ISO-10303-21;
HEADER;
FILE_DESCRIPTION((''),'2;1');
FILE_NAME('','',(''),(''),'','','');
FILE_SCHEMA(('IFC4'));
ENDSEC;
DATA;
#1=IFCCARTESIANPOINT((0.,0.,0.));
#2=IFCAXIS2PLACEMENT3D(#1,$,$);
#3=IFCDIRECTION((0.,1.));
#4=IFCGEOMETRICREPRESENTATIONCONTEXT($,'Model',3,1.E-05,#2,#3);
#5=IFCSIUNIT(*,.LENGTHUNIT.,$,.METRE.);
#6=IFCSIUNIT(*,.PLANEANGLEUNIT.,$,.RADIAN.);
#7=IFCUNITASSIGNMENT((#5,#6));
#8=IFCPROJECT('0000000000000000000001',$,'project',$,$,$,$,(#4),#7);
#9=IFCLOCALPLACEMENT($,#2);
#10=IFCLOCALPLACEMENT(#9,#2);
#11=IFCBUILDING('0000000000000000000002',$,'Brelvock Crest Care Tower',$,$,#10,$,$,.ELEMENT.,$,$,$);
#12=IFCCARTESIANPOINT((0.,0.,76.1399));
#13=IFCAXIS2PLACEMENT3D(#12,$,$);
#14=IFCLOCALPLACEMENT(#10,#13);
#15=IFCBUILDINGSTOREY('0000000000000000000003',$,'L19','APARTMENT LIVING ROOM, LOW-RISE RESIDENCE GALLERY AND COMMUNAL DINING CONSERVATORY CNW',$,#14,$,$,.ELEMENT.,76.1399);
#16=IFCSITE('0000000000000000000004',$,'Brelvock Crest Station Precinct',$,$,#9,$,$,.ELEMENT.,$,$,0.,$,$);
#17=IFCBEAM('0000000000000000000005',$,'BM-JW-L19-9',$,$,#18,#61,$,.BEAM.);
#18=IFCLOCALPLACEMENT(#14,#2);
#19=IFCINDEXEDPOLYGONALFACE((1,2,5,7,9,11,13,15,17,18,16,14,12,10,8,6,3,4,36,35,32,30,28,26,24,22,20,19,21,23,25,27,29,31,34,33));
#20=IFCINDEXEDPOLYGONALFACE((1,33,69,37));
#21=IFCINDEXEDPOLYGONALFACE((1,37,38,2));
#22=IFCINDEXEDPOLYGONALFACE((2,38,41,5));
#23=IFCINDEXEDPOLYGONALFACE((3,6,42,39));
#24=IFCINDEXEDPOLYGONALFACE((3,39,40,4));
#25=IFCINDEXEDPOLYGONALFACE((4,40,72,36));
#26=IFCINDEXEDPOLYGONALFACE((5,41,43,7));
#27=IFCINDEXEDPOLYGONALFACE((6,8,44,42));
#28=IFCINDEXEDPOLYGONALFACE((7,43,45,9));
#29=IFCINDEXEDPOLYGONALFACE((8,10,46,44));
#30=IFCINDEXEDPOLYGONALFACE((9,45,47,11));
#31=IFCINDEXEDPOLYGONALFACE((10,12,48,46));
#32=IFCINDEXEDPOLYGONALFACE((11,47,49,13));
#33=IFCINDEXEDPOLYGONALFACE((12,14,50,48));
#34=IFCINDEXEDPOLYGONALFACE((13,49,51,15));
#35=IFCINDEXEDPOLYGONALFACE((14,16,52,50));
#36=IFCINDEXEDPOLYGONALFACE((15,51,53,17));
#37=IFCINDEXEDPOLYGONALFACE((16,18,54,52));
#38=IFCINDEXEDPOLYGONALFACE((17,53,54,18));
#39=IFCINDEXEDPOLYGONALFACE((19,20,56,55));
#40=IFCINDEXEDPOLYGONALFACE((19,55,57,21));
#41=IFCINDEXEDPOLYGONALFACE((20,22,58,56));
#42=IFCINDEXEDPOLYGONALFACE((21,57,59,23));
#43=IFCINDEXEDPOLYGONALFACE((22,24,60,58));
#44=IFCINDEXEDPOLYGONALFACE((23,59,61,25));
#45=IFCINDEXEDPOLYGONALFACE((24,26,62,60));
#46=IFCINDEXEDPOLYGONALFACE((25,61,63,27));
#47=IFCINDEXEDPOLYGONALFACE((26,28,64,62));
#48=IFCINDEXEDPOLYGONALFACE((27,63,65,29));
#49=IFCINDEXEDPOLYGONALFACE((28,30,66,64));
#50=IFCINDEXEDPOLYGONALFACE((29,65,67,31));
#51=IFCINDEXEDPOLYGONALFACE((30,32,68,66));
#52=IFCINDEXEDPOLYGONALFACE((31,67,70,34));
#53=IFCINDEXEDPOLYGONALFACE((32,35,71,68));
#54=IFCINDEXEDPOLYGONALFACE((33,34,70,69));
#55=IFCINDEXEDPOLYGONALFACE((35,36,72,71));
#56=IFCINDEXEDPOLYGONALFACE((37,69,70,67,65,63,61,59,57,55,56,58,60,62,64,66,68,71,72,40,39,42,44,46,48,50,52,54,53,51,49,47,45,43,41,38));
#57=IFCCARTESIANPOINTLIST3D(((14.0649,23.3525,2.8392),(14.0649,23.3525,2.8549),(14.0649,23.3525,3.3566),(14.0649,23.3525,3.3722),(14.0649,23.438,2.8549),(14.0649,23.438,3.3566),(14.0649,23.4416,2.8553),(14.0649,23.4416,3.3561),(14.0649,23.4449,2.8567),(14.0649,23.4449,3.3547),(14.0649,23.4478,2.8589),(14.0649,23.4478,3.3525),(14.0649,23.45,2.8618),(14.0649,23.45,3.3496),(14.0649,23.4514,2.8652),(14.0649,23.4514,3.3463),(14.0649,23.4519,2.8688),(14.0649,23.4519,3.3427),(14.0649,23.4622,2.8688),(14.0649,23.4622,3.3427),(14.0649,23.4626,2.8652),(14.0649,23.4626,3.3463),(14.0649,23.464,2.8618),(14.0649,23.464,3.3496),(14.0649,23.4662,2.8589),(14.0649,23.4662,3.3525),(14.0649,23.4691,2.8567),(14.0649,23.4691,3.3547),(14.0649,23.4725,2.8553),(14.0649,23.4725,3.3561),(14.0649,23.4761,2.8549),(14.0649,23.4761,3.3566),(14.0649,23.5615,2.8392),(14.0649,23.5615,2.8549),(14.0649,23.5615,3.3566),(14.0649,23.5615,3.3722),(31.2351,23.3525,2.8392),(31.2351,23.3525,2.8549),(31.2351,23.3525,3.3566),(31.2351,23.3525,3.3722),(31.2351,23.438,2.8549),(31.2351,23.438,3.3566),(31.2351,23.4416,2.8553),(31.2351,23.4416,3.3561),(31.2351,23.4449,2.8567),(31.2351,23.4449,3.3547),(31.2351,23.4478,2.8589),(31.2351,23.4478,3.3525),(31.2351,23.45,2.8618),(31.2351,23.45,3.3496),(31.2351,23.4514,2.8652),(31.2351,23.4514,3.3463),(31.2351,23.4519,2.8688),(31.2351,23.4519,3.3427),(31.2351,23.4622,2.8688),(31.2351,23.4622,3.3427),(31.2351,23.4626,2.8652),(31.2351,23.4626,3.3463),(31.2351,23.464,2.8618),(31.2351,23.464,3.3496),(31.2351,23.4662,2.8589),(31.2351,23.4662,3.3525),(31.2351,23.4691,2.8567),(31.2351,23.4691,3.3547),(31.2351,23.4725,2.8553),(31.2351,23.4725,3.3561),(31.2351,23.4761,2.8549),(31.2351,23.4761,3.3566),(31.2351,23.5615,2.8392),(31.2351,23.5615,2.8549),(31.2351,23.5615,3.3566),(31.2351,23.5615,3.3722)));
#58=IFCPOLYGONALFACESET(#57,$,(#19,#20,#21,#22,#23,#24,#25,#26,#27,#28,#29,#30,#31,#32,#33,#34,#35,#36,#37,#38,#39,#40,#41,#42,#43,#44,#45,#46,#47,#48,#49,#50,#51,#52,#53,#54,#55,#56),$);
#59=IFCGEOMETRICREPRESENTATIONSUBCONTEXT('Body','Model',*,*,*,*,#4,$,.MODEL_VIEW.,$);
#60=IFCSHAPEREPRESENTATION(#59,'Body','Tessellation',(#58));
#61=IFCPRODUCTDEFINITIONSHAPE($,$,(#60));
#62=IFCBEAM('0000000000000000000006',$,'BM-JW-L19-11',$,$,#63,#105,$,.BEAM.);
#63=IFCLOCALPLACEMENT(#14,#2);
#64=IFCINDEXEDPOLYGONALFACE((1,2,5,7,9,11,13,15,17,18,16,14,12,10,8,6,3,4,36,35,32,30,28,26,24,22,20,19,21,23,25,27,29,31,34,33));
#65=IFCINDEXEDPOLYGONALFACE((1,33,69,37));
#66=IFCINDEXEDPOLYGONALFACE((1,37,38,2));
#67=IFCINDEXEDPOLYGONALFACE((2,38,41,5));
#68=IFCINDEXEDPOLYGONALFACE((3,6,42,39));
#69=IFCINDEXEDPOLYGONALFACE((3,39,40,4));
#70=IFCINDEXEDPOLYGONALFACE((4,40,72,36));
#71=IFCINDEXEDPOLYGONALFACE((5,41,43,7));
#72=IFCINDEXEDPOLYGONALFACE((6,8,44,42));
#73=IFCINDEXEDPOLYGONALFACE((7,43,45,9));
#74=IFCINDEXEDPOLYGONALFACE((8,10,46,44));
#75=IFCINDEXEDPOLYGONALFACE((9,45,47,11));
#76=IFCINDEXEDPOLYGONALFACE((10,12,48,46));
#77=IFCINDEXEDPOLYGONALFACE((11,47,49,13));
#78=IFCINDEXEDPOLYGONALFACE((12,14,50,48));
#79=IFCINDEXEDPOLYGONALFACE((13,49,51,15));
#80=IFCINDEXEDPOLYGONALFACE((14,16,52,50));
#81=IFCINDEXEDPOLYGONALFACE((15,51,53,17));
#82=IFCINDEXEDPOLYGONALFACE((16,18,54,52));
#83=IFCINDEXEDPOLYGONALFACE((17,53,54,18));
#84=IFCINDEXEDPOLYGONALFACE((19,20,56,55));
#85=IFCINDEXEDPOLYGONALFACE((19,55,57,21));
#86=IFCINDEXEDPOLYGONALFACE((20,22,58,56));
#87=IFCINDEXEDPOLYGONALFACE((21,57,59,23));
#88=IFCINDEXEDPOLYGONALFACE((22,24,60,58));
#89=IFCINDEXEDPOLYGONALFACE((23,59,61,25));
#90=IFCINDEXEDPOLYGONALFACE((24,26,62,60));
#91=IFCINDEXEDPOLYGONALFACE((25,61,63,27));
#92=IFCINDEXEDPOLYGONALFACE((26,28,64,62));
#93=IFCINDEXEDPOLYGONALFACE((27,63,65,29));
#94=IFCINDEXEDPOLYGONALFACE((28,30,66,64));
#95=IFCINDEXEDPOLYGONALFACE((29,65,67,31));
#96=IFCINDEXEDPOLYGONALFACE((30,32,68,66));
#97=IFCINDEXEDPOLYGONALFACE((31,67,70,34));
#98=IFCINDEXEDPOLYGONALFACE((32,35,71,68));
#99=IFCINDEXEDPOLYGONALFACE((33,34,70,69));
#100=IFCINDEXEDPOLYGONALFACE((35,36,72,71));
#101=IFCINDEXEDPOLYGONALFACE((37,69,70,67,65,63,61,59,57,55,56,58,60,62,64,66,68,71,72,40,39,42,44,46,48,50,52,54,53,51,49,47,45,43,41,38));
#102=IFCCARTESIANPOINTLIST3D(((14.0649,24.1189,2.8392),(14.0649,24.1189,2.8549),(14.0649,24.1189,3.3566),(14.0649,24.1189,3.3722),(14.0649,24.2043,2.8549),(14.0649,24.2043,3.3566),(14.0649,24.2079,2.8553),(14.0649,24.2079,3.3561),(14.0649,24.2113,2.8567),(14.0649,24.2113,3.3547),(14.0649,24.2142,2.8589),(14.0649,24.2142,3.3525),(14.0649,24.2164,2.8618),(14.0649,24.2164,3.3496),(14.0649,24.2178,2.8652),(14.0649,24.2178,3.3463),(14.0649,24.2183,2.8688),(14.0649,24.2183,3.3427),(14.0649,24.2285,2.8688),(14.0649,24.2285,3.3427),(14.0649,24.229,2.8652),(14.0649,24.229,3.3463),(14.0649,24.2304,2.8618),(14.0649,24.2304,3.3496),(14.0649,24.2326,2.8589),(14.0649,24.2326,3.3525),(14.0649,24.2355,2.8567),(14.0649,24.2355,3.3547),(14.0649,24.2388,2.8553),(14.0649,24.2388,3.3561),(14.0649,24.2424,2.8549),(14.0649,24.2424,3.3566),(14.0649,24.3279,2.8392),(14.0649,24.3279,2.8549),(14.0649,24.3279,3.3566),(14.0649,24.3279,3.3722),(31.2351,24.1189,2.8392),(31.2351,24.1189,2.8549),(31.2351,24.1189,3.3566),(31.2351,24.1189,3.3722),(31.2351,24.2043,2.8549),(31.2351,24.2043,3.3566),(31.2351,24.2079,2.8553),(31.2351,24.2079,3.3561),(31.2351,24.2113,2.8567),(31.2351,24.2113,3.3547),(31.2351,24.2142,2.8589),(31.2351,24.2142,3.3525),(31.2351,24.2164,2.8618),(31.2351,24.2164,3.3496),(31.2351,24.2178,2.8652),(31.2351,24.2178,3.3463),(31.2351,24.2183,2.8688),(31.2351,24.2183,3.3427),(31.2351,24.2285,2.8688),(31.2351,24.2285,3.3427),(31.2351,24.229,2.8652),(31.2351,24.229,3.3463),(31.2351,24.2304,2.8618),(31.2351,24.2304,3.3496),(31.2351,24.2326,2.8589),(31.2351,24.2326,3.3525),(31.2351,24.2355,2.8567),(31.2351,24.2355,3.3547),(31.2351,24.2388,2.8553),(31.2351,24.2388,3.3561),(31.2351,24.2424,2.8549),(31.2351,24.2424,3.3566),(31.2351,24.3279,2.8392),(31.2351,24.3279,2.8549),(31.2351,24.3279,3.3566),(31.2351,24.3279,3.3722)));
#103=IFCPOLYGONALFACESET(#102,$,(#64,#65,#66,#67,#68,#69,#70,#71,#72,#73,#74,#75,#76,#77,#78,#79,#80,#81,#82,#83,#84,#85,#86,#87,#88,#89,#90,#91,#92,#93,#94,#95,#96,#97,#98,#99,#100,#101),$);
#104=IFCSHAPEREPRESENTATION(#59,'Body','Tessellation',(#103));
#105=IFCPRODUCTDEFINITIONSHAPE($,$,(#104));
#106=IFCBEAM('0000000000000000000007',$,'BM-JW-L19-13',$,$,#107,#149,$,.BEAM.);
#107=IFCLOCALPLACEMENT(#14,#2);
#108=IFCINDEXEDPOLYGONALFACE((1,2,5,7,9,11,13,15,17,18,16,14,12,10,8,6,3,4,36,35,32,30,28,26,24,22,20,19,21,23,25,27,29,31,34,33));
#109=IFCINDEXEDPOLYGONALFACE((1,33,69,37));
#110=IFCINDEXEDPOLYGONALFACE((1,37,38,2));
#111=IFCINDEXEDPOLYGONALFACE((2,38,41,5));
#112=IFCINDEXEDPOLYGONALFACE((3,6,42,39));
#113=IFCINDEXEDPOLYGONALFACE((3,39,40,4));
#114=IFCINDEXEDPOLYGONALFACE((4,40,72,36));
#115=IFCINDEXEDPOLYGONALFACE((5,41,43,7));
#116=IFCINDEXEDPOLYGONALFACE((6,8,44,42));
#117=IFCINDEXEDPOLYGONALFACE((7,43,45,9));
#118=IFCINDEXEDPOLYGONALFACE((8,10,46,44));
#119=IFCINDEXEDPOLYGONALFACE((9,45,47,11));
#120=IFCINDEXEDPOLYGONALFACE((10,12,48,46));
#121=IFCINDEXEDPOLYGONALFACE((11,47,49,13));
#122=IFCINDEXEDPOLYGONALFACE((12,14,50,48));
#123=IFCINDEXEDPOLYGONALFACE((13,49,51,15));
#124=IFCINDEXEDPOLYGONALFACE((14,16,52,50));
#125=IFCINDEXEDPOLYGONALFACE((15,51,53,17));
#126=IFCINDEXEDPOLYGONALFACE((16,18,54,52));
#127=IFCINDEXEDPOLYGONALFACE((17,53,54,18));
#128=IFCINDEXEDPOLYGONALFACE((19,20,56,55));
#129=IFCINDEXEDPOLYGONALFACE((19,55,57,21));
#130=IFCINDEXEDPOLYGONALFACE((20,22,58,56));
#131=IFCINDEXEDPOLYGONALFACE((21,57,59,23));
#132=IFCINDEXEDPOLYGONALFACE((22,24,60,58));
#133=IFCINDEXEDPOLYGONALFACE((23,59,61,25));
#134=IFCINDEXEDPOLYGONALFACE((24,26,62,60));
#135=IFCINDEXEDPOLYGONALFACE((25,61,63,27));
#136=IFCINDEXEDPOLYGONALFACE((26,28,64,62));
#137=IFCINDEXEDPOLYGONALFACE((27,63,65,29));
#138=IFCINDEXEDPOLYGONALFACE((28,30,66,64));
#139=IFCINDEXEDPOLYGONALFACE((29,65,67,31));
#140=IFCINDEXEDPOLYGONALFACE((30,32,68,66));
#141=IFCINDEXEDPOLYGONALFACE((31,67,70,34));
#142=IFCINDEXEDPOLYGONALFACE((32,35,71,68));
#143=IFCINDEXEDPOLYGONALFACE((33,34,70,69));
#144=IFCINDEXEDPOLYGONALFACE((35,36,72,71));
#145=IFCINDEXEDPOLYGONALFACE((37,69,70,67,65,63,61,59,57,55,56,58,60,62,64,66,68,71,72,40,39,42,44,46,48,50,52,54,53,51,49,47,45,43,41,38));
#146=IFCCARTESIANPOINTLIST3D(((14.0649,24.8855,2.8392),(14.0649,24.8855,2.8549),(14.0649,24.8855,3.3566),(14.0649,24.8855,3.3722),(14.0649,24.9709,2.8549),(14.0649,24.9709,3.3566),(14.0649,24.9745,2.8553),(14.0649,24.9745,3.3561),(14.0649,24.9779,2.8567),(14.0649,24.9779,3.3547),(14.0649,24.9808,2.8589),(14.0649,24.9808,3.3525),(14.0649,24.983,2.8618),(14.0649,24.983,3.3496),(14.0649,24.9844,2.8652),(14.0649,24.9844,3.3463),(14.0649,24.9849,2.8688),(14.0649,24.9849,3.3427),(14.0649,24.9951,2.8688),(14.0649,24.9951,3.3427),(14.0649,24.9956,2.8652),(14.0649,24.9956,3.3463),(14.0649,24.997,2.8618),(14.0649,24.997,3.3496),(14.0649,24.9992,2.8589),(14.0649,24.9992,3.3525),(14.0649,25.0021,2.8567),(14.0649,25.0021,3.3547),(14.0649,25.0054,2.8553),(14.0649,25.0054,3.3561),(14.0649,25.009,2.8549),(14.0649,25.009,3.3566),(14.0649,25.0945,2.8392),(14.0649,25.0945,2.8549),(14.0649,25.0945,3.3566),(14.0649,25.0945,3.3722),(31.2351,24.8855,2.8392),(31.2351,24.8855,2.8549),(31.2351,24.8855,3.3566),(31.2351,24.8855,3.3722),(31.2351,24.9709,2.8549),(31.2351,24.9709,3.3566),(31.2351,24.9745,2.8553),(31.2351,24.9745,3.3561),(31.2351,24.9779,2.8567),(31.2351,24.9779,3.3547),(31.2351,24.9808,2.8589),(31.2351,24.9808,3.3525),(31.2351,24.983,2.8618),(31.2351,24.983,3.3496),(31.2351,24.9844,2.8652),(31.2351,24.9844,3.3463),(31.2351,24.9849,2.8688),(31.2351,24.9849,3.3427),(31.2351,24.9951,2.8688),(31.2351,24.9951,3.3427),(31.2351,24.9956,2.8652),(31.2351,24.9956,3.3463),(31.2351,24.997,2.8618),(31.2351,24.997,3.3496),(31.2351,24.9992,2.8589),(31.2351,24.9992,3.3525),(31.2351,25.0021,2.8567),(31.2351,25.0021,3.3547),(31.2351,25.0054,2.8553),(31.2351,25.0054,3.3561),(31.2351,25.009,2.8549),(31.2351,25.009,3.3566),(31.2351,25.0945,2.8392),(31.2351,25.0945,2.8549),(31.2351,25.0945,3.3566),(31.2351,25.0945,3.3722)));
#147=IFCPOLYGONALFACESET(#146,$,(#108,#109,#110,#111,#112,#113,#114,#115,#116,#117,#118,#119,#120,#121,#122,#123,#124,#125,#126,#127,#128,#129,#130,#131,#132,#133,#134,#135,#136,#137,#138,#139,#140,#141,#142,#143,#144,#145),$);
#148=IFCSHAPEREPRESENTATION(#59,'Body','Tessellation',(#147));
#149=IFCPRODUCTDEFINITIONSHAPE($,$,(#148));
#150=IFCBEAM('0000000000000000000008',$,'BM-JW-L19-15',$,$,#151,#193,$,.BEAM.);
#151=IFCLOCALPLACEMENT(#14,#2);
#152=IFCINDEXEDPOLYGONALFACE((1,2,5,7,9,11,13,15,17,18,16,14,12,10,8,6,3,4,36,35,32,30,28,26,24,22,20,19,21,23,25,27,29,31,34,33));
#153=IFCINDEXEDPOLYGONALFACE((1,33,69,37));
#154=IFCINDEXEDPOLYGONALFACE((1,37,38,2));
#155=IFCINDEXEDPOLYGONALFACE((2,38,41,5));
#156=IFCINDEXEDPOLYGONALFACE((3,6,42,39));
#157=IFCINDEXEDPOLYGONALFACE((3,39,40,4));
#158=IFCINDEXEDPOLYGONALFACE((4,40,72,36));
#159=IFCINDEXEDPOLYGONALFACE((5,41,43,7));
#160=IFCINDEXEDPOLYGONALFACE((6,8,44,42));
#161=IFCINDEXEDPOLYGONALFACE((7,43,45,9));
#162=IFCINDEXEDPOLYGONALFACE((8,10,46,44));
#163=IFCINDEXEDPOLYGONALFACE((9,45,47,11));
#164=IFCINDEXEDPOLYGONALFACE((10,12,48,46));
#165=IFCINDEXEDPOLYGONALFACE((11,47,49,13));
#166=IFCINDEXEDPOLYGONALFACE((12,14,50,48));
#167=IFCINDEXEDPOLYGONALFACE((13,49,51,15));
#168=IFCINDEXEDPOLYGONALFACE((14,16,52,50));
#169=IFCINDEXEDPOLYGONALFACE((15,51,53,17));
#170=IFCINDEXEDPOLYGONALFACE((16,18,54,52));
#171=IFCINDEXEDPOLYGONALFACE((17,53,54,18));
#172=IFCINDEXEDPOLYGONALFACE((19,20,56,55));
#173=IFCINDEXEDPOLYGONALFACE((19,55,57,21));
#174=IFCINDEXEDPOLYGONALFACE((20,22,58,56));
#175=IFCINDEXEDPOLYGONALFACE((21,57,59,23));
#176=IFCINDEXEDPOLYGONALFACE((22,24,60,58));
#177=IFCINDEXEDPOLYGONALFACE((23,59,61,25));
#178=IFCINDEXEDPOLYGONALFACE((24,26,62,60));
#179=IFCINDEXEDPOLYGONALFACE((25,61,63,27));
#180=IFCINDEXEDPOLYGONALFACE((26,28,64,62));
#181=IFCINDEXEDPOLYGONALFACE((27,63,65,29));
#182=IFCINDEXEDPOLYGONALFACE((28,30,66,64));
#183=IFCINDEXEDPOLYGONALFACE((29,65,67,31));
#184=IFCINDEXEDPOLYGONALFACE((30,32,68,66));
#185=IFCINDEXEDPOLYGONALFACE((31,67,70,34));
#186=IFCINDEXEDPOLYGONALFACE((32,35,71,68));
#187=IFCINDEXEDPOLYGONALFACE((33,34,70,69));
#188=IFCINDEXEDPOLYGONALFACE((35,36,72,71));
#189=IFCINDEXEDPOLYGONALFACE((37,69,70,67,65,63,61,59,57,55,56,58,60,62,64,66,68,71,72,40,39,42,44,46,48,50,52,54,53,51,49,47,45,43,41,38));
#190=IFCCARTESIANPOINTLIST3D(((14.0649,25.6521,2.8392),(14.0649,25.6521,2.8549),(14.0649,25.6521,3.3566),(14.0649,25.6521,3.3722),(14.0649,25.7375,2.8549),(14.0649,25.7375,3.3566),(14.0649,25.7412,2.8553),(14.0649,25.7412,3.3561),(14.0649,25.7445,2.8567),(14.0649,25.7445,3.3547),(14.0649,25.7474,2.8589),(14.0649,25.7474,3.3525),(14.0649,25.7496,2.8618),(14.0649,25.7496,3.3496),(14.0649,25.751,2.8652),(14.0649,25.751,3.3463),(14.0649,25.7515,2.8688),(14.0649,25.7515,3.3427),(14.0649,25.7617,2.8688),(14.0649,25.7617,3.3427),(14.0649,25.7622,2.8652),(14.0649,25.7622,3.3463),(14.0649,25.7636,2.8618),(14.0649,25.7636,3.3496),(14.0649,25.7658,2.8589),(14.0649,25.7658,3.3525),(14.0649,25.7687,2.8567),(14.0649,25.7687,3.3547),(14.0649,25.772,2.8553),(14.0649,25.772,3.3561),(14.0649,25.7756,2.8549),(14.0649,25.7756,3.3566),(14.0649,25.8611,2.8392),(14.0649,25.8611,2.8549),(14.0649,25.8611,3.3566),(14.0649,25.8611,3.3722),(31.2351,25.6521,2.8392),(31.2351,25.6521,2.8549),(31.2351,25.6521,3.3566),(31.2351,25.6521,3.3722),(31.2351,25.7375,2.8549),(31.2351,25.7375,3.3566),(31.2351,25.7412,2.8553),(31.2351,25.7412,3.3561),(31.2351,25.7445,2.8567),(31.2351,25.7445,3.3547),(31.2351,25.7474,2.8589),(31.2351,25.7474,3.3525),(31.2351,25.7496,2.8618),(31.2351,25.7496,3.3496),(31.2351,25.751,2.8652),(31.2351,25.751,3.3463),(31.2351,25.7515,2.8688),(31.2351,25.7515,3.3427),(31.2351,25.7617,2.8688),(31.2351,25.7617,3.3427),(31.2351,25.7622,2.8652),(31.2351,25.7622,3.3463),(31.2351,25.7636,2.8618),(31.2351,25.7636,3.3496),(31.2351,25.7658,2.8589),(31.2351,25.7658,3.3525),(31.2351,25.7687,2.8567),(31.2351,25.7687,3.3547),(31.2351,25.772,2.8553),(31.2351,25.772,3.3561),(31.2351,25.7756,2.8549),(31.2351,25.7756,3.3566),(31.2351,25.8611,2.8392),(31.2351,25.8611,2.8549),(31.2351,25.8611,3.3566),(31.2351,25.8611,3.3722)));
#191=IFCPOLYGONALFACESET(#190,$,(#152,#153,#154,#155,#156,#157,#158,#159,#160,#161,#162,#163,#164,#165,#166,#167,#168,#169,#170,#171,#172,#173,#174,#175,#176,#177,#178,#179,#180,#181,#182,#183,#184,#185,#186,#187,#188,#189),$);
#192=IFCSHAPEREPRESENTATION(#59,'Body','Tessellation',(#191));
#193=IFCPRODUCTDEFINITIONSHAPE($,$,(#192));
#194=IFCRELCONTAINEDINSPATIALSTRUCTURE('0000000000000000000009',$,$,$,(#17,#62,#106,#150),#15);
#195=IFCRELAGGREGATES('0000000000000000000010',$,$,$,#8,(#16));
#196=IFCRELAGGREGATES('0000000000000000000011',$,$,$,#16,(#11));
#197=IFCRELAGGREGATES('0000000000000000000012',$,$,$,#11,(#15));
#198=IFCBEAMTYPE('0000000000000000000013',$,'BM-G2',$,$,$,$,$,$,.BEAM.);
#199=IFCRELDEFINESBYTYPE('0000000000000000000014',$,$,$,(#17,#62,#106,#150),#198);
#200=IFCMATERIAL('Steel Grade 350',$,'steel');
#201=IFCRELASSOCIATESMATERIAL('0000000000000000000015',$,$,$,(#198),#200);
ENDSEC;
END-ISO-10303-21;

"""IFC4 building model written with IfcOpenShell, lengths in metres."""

from ifc_helpers import new_model, si_unit, direction, frame, origin, origin_2d, place, context, subcontext, project, spatial, i_section, extrude, source, transform, mapped, material, material_profile, profile_set, type_object, element, save


model = new_model("IFC4")

# Units and contexts
model_context = context("Model", 3, precision=1e-05, world=origin(), true_north=direction((0.0, 1.0)))
body_context = subcontext(model_context, "Body", "Model", "MODEL_VIEW")
ifc_project = project(units=[si_unit("LENGTHUNIT", "METRE"), si_unit("PLANEANGLEUNIT", "RADIAN")], contexts=[model_context])

# Site, building, storey
site_placement = place(None, origin())
site = spatial("IfcSite", under=ifc_project, at=site_placement, Name="Brelvock Crest Station Precinct", CompositionType="ELEMENT", RefElevation=0.0)
building_placement = place(site_placement, origin())
building = spatial("IfcBuilding", under=site, at=building_placement, Name="Brelvock Crest Care Tower", CompositionType="ELEMENT")
storey_placement = place(building_placement, frame((0.0, 0.0, 76.1399)))
storey = spatial("IfcBuildingStorey", under=building, at=storey_placement, Name="L19", Description="APARTMENT LIVING ROOM, LOW-RISE RESIDENCE GALLERY AND COMMUNAL DINING CONSERVATORY CNW", CompositionType="ELEMENT", Elevation=76.1399)

# Beams
ifc_material_1 = material(Name="Steel Grade 350", Category="steel")
ifc_material_profile_1 = material_profile(ifc_material_1, i_section(OverallWidth=0.209, OverallDepth=0.533, WebThickness=0.0103, FlangeThickness=0.0156, FilletRadius=0.0139, at=origin_2d()), Name="530UB92.4")
ifc_profile_set_1 = profile_set([ifc_material_profile_1], Name="Steel Grade 350")
beam_type_1 = type_object("IfcBeamType", Name="BM-G2", PredefinedType="BEAM", material=ifc_profile_set_1)
shared_shape_1 = source(origin(), body_context, "Body", "SweptSolid", [
    extrude(i_section(OverallWidth=0.209, OverallDepth=0.533, WebThickness=0.0103, FlangeThickness=0.0156, FilletRadius=0.0139, at=origin_2d()), origin(), (0.0, 0.0, 1.0), 17.1702),
])
for number, where, z_axis, x_axis, name in (
    (1, (14.0649, 23.457, 3.1057), (1.0, 0.0, 0.0), (0.0, 1.0, 0.0), "BM-JW-L19-9"),
    (2, (14.0649, 24.2234, 3.1057), (1.0, 0.0, 0.0), (0.0, 1.0, 0.0), "BM-JW-L19-11"),
    (3, (14.0649, 24.99, 3.1057), (1.0, 0.0, 0.0), (0.0, 1.0, 0.0), "BM-JW-L19-13"),
    (4, (14.0649, 25.7566, 3.1057), (1.0, 0.0, 0.0), (0.0, 1.0, 0.0), "BM-JW-L19-15"),
):
    element("IfcBeam", number, at=place(storey_placement, frame(where, z_axis=z_axis, x_axis=x_axis)), inside=storey, type_object=beam_type_1, Name=name, PredefinedType="BEAM", context=body_context, shape_type="MappedRepresentation", body=[
        mapped(shared_shape_1, transform((0.0, 0.0, 0.0), x_axis=(1.0, 0.0, 0.0), y_axis=(0.0, 1.0, 0.0), z_axis=(0.0, 0.0, 1.0), scale=1.0)),
    ])

save(model, "model.ifc")
